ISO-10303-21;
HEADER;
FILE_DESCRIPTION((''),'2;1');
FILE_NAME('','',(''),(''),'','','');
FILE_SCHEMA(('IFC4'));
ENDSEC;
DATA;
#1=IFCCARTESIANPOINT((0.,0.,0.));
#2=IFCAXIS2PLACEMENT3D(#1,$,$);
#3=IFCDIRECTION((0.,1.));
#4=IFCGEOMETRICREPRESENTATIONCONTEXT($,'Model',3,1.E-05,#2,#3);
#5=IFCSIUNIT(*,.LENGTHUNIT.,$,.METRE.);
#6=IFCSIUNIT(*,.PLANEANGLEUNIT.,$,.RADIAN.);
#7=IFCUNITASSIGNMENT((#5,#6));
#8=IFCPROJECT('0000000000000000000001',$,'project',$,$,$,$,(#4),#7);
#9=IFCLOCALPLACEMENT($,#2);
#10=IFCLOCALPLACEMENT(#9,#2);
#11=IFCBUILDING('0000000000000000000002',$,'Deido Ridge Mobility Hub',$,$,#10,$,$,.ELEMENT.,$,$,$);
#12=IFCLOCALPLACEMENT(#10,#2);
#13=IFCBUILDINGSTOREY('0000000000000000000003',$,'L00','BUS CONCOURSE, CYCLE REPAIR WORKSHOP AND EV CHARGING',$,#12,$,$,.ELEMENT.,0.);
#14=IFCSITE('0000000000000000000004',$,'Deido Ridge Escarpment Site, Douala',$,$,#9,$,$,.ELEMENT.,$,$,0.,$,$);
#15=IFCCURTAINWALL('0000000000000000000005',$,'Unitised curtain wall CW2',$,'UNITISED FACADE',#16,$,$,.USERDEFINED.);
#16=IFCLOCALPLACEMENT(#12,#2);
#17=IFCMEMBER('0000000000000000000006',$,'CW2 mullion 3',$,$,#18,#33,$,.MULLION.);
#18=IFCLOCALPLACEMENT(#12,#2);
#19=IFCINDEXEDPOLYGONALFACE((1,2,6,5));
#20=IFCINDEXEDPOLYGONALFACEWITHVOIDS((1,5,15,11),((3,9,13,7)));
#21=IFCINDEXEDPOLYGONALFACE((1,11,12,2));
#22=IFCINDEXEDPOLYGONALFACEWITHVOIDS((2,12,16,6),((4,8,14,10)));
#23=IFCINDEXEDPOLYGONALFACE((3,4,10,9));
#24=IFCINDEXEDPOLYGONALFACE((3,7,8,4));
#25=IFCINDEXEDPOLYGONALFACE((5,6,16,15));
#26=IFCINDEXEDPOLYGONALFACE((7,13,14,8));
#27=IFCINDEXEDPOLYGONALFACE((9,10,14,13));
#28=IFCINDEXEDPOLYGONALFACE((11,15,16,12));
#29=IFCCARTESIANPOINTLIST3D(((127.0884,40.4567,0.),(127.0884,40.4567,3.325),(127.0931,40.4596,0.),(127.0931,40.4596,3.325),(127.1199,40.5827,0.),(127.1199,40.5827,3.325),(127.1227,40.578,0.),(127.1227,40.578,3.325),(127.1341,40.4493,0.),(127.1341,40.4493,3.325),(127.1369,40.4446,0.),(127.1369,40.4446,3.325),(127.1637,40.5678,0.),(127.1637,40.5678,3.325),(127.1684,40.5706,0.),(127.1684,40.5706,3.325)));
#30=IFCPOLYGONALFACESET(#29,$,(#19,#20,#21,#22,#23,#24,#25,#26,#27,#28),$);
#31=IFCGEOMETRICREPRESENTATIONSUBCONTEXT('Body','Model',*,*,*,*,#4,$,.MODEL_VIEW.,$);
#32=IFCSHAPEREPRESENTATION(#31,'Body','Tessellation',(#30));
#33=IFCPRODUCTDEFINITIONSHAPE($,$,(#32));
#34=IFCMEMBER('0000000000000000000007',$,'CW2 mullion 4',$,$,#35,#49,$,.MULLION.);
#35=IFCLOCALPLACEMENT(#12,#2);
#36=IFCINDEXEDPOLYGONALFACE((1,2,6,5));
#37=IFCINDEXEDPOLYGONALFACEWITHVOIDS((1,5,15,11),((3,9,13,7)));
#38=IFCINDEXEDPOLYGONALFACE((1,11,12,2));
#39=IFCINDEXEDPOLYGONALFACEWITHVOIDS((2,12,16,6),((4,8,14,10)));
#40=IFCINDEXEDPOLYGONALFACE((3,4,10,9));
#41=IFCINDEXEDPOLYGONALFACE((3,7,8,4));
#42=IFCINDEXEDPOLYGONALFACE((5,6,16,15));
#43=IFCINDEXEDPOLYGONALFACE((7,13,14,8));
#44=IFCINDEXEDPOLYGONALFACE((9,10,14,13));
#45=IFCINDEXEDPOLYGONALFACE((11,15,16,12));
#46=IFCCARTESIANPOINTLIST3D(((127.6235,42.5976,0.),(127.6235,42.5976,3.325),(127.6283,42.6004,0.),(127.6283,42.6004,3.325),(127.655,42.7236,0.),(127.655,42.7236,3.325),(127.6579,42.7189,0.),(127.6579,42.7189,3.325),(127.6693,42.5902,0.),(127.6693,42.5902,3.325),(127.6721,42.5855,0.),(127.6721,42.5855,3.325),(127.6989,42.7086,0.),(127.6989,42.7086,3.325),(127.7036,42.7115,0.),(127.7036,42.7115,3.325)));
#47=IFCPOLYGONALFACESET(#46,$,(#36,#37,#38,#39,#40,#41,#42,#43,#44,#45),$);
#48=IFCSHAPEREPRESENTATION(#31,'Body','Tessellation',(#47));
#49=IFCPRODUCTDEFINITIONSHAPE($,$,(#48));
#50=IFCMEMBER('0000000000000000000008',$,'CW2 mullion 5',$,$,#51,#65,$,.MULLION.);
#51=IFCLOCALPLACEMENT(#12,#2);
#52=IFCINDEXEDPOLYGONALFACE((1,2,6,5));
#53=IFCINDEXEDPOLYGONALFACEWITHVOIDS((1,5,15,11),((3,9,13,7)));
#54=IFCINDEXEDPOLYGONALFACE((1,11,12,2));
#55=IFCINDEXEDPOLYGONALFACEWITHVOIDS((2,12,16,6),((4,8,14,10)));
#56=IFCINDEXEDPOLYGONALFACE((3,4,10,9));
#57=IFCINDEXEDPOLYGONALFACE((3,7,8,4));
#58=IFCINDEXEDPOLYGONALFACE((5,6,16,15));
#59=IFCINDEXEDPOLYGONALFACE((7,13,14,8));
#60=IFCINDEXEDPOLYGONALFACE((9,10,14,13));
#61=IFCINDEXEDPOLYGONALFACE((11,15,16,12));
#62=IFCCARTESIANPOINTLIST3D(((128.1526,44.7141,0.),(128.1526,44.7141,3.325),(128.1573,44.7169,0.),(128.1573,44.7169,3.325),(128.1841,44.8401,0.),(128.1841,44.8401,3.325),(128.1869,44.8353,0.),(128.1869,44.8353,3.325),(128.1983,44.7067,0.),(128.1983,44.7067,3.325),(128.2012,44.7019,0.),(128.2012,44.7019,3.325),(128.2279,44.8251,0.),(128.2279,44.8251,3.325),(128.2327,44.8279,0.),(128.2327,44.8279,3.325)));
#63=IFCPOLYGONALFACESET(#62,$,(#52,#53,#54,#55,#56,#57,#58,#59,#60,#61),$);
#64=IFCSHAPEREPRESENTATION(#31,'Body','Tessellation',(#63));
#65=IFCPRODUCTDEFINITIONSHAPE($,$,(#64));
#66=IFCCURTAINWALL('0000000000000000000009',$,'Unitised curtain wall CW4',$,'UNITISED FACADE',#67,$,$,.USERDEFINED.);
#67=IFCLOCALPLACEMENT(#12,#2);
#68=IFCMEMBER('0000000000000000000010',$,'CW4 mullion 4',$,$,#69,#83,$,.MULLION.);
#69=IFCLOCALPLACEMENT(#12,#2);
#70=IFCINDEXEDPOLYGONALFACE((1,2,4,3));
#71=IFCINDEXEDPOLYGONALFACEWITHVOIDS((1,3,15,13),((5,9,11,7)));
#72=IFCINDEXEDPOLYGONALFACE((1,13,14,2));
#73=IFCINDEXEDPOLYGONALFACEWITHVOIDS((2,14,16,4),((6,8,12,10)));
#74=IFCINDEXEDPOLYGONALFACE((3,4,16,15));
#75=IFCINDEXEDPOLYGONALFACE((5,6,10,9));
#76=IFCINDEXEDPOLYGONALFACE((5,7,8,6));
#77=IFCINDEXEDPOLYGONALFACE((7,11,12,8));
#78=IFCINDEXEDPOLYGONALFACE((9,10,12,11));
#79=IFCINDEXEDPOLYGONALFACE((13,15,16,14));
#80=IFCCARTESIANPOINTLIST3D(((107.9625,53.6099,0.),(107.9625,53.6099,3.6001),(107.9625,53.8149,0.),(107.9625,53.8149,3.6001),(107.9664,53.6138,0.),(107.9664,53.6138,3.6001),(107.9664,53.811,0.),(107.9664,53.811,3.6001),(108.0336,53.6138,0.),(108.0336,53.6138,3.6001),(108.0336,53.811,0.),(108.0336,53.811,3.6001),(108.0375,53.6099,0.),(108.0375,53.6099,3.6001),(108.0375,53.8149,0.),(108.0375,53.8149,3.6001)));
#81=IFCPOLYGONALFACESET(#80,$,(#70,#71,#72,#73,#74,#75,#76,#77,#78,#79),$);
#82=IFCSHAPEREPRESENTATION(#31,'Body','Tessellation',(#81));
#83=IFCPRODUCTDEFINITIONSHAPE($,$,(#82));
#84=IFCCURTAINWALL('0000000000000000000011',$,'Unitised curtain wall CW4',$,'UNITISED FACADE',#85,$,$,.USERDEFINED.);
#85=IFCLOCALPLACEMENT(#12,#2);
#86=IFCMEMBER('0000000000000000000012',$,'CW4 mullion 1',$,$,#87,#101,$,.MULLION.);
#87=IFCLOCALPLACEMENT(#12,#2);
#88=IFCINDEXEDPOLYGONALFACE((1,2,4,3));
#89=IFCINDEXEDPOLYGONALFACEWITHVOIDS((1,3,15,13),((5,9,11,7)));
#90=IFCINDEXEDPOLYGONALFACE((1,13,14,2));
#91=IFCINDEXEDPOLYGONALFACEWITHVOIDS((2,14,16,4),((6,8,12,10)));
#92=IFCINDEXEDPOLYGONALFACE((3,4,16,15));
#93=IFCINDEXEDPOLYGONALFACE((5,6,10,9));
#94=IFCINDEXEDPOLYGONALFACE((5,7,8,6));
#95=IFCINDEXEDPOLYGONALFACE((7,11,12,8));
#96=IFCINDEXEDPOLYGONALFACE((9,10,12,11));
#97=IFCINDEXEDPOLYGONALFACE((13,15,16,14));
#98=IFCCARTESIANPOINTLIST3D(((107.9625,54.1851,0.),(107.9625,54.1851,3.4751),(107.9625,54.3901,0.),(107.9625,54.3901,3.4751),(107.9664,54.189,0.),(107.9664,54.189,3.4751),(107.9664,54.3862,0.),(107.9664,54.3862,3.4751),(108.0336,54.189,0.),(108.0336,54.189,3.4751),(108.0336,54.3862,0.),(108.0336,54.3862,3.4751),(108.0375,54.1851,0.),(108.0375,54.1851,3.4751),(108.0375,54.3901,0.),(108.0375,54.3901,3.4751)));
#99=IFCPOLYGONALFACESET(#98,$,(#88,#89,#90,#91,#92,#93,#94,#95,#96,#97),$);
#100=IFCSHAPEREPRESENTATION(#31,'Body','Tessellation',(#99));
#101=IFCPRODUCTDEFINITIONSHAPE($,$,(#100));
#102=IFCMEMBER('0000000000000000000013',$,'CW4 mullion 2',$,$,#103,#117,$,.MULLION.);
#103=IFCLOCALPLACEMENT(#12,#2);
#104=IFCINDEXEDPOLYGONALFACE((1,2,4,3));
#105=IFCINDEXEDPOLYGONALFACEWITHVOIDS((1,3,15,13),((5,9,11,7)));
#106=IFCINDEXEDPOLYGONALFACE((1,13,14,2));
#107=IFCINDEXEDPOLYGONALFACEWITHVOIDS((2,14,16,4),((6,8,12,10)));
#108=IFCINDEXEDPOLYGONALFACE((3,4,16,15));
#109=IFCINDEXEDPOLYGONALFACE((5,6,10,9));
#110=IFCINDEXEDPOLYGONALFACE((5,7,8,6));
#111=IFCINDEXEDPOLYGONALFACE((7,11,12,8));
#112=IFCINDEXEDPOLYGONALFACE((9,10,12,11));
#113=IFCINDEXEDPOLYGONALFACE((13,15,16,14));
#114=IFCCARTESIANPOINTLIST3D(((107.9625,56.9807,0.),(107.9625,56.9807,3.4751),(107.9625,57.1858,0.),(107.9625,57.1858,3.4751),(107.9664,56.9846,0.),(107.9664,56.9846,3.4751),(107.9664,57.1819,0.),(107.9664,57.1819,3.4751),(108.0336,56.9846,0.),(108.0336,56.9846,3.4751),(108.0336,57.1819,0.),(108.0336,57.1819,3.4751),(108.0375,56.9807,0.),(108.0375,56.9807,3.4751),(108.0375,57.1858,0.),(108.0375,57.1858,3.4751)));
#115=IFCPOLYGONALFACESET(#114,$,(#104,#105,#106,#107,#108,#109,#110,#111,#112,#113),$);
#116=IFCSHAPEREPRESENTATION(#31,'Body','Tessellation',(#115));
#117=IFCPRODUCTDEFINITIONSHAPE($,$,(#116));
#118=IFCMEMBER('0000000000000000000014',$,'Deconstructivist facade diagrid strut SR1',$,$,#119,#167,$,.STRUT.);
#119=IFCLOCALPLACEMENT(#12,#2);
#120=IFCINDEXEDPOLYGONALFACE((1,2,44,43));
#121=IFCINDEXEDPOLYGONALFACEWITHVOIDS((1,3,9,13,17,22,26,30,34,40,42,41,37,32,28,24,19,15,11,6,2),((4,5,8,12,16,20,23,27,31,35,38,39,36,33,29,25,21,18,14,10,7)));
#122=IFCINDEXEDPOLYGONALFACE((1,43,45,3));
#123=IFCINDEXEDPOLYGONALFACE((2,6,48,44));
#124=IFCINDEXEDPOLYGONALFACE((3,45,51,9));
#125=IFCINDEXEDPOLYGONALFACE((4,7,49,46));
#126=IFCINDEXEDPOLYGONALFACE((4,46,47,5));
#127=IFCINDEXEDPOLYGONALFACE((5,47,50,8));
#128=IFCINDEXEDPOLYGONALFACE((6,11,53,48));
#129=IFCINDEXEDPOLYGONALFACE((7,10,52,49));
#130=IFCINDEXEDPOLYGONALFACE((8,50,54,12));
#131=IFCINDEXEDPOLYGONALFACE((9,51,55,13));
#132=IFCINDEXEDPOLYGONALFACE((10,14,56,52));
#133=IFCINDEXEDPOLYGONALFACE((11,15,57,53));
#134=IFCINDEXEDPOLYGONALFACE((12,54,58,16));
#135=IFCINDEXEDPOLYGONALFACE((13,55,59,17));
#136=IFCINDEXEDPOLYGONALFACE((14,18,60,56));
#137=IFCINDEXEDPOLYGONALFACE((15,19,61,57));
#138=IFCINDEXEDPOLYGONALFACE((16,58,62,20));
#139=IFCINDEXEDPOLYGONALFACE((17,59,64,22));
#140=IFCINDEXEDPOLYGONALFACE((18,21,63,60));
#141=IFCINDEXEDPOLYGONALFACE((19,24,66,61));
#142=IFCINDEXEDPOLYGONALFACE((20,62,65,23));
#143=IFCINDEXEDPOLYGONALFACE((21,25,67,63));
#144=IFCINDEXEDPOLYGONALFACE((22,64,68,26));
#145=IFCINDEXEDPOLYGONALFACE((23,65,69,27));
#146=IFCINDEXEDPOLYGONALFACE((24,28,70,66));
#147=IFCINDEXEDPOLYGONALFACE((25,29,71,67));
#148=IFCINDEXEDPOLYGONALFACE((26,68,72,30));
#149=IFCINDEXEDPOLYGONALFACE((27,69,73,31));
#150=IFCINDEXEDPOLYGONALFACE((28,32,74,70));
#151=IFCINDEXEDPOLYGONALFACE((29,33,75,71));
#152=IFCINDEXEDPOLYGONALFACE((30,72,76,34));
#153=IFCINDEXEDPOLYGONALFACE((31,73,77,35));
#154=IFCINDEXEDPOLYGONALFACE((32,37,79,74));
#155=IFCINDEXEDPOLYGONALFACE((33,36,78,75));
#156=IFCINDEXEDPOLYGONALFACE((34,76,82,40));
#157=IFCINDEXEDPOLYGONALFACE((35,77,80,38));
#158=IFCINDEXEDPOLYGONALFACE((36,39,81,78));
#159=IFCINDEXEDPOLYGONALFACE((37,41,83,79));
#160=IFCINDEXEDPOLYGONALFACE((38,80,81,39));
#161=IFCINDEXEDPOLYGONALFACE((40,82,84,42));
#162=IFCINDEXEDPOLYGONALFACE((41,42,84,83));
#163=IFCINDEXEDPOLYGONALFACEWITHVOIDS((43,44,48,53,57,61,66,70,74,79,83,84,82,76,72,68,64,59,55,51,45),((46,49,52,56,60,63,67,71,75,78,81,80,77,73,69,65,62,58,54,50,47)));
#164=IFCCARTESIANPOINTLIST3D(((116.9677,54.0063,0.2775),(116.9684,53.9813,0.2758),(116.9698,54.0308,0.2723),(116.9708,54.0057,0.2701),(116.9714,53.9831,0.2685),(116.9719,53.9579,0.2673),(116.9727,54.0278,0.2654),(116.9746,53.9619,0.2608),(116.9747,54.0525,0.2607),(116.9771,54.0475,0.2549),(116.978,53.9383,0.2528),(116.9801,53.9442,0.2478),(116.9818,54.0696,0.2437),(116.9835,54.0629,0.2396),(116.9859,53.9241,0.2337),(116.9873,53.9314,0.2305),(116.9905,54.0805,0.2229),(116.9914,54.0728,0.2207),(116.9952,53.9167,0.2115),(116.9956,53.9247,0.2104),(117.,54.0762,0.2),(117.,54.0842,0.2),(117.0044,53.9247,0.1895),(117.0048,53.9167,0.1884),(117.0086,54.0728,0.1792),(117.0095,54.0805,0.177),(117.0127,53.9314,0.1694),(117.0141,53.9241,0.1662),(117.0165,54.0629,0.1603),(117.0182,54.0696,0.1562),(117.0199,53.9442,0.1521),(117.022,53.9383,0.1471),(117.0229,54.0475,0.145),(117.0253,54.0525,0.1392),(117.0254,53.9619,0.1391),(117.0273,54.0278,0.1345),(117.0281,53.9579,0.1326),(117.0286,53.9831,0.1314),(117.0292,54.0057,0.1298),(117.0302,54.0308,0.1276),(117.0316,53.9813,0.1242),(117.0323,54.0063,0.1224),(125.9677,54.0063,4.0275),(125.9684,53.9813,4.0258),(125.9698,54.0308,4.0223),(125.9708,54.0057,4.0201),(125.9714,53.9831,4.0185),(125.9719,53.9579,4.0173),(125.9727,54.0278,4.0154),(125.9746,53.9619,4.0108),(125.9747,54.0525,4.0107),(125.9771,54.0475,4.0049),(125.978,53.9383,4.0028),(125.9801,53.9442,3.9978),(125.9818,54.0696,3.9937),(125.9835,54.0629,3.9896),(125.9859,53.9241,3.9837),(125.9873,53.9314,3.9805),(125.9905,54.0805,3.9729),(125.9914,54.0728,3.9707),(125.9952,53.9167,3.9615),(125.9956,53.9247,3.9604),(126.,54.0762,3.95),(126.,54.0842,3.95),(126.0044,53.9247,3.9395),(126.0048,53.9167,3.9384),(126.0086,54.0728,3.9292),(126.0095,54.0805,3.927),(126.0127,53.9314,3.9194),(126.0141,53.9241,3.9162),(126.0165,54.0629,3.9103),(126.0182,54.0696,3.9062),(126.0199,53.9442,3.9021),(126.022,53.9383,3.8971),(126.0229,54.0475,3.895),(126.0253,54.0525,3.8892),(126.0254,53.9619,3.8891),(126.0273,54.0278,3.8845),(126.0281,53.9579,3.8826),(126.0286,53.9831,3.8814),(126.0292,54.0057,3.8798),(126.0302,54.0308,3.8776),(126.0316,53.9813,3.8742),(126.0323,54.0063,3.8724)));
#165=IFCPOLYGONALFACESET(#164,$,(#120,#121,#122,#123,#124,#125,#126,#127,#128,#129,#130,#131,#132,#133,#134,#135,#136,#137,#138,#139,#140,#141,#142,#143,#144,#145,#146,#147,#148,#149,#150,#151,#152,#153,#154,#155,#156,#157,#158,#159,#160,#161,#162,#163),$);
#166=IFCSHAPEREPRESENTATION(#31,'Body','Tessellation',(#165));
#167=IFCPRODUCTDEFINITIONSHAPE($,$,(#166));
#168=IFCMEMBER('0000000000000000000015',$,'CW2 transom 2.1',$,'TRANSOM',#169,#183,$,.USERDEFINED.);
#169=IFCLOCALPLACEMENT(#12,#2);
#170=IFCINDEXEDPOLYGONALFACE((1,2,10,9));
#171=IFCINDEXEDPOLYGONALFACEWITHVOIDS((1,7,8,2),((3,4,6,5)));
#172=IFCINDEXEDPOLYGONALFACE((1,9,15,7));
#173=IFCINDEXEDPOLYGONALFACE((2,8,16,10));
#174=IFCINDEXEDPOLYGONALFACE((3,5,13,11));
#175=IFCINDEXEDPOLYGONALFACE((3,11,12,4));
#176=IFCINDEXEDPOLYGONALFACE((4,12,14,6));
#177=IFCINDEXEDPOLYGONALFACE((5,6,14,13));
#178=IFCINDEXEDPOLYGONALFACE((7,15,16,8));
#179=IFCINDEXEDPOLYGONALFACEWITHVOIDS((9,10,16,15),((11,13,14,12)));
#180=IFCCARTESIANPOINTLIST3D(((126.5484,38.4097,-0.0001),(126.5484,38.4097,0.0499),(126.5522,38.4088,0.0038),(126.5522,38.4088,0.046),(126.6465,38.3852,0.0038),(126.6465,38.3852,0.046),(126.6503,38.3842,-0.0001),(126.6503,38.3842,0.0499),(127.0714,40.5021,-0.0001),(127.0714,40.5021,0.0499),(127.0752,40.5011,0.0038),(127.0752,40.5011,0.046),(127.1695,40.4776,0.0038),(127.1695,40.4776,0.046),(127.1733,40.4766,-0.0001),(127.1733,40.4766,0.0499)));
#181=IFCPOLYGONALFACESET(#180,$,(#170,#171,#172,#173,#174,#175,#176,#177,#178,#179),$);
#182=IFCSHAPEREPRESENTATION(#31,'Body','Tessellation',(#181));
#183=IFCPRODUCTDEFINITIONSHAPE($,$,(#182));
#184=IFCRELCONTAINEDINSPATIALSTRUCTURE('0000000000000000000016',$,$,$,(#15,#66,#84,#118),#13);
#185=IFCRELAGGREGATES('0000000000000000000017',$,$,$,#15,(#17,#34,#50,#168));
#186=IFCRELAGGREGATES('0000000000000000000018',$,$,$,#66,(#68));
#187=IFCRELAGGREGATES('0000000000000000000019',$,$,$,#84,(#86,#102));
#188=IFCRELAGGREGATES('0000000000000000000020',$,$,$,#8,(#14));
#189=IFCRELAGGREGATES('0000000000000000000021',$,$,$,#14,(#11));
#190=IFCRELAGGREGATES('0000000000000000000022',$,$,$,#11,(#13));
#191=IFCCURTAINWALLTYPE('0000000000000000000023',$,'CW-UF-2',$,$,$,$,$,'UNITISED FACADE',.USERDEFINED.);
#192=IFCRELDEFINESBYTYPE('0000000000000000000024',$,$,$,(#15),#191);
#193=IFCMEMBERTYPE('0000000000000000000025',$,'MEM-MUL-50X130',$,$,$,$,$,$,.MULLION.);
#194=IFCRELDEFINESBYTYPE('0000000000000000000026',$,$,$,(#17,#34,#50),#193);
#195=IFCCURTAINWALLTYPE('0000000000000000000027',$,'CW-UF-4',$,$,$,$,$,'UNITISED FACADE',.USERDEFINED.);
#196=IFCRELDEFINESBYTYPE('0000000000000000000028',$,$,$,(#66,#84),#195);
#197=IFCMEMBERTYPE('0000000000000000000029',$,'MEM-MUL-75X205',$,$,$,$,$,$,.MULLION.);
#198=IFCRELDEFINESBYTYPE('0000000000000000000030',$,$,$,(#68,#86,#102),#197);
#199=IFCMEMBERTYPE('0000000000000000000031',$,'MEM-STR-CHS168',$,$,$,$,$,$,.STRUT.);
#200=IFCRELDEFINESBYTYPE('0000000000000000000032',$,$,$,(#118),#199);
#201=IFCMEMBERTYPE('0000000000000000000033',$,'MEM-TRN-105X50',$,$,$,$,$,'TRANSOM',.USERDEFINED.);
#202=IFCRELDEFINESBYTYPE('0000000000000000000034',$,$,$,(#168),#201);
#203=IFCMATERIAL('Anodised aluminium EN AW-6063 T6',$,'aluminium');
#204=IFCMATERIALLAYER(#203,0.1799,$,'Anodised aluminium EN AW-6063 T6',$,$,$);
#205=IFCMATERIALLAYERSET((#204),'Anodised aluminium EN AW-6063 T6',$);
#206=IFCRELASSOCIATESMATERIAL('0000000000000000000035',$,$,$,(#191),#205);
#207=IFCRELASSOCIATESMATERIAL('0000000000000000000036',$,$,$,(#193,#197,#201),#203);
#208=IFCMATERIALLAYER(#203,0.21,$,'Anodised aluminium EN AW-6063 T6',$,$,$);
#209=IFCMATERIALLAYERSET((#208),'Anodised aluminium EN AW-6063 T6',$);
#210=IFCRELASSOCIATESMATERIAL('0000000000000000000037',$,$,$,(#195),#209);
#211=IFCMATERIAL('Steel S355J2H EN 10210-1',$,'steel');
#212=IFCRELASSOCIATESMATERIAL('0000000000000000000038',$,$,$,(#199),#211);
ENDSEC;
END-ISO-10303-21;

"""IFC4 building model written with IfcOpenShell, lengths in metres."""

from ifc_helpers import new_model, si_unit, direction, frame, origin, origin_2d, place, context, subcontext, project, spatial, hollow_rectangle, hollow_circle, extrude, material, layer, layer_set, material_profile, profile_set, type_object, element, aggregate, save


model = new_model("IFC4")

# Units and contexts
model_context = context("Model", 3, precision=1e-05, world=origin(), true_north=direction((0.0, 1.0)))
body_context = subcontext(model_context, "Body", "Model", "MODEL_VIEW")
ifc_project = project(units=[si_unit("LENGTHUNIT", "METRE"), si_unit("PLANEANGLEUNIT", "RADIAN")], contexts=[model_context])

# Site, building, storey
site_placement = place(None, origin())
site = spatial("IfcSite", under=ifc_project, at=site_placement, Name="Deido Ridge Escarpment Site, Douala", CompositionType="ELEMENT", RefElevation=0.0)
building_placement = place(site_placement, origin())
building = spatial("IfcBuilding", under=site, at=building_placement, Name="Deido Ridge Mobility Hub", CompositionType="ELEMENT")
storey_placement = place(building_placement, origin())
storey = spatial("IfcBuildingStorey", under=building, at=storey_placement, Name="L00", Description="BUS CONCOURSE, CYCLE REPAIR WORKSHOP AND EV CHARGING", CompositionType="ELEMENT", Elevation=0.0)

# Curtain wall, members
ifc_material_1 = material(Name="Anodised aluminium EN AW-6063 T6", Category="aluminium")
ifc_layer_1 = layer(ifc_material_1, 0.1799, Name="Anodised aluminium EN AW-6063 T6")
ifc_layer_set_1 = layer_set([ifc_layer_1], Name="Anodised aluminium EN AW-6063 T6")
curtain_wall_type_1 = type_object("IfcCurtainWallType", Name="CW-UF-2", ElementType="UNITISED FACADE", PredefinedType="USERDEFINED", material=ifc_layer_set_1)
curtain_wall_1_placement = place(storey_placement, origin())
curtain_wall_1 = element("IfcCurtainWall", 1, at=curtain_wall_1_placement, inside=storey, type_object=curtain_wall_type_1, Name="Unitised curtain wall CW2", ObjectType="UNITISED FACADE", PredefinedType="USERDEFINED")
ifc_material_profile_1 = material_profile(ifc_material_1, hollow_rectangle(XDim=0.05, YDim=0.1299, WallThickness=0.0039, at=origin_2d()), Name="RHS 50x130x4")
ifc_profile_set_1 = profile_set([ifc_material_profile_1], Name="Anodised aluminium EN AW-6063 T6")
member_type_1 = type_object("IfcMemberType", Name="MEM-MUL-50X130", PredefinedType="MULLION", material=ifc_profile_set_1)
member_1_placement = place(storey_placement, frame((127.1284, 40.5137, 0.0), z_axis=(0.0, 0.0, 1.0), x_axis=(-0.970144, 0.24253, 0.0)))
member_1 = element("IfcMember", 2, at=member_1_placement, type_object=member_type_1, Name="CW2 mullion 3", PredefinedType="MULLION", context=body_context, shape_type="SweptSolid", body=[
    extrude(hollow_rectangle(XDim=0.05, YDim=0.1299, WallThickness=0.0039, at=origin_2d()), origin(), (0.0, 0.0, 1.0), 3.325),
])
member_2_placement = place(storey_placement, frame((127.6636, 42.6545, 0.0), z_axis=(0.0, 0.0, 1.0), x_axis=(-0.970144, 0.24253, 0.0)))
member_2 = element("IfcMember", 3, at=member_2_placement, type_object=member_type_1, Name="CW2 mullion 4", PredefinedType="MULLION", context=body_context, shape_type="SweptSolid", body=[
    extrude(hollow_rectangle(XDim=0.05, YDim=0.1299, WallThickness=0.0039, at=origin_2d()), origin(), (0.0, 0.0, 1.0), 3.325),
])
member_3_placement = place(storey_placement, frame((128.1926, 44.771, 0.0), z_axis=(0.0, 0.0, 1.0), x_axis=(-0.970144, 0.24253, 0.0)))
member_3 = element("IfcMember", 4, at=member_3_placement, type_object=member_type_1, Name="CW2 mullion 5", PredefinedType="MULLION", context=body_context, shape_type="SweptSolid", body=[
    extrude(hollow_rectangle(XDim=0.05, YDim=0.1299, WallThickness=0.0039, at=origin_2d()), origin(), (0.0, 0.0, 1.0), 3.325),
])

# Curtain wall, member
ifc_layer_2 = layer(ifc_material_1, 0.21, Name="Anodised aluminium EN AW-6063 T6")
ifc_layer_set_2 = layer_set([ifc_layer_2], Name="Anodised aluminium EN AW-6063 T6")
curtain_wall_type_2 = type_object("IfcCurtainWallType", Name="CW-UF-4", ElementType="UNITISED FACADE", PredefinedType="USERDEFINED", material=ifc_layer_set_2)
curtain_wall_2_placement = place(storey_placement, origin())
curtain_wall_2 = element("IfcCurtainWall", 5, at=curtain_wall_2_placement, inside=storey, type_object=curtain_wall_type_2, Name="Unitised curtain wall CW4", ObjectType="UNITISED FACADE", PredefinedType="USERDEFINED")
ifc_material_profile_2 = material_profile(ifc_material_1, hollow_rectangle(XDim=0.075, YDim=0.2051, WallThickness=0.0039, at=origin_2d()), Name="RHS 75x205x4")
ifc_profile_set_2 = profile_set([ifc_material_profile_2], Name="Anodised aluminium EN AW-6063 T6")
member_type_2 = type_object("IfcMemberType", Name="MEM-MUL-75X205", PredefinedType="MULLION", material=ifc_profile_set_2)
member_4_placement = place(storey_placement, frame((108.0, 53.7124, 0.0), z_axis=(0.0, 0.0, 1.0), x_axis=(-1.0, 0.0, 0.0)))
member_4 = element("IfcMember", 6, at=member_4_placement, type_object=member_type_2, Name="CW4 mullion 4", PredefinedType="MULLION", context=body_context, shape_type="SweptSolid", body=[
    extrude(hollow_rectangle(XDim=0.075, YDim=0.2051, WallThickness=0.0039, at=origin_2d()), origin(), (0.0, 0.0, 1.0), 3.6001),
])

# Curtain wall, members
curtain_wall_3_placement = place(storey_placement, origin())
curtain_wall_3 = element("IfcCurtainWall", 7, at=curtain_wall_3_placement, inside=storey, type_object=curtain_wall_type_2, Name="Unitised curtain wall CW4", ObjectType="UNITISED FACADE", PredefinedType="USERDEFINED")
member_5_placement = place(storey_placement, frame((108.0, 54.2876, 0.0), z_axis=(0.0, 0.0, 1.0), x_axis=(-1.0, 0.0, 0.0)))
member_5 = element("IfcMember", 8, at=member_5_placement, type_object=member_type_2, Name="CW4 mullion 1", PredefinedType="MULLION", context=body_context, shape_type="SweptSolid", body=[
    extrude(hollow_rectangle(XDim=0.075, YDim=0.2051, WallThickness=0.0039, at=origin_2d()), origin(), (0.0, 0.0, 1.0), 3.4751),
])
member_6_placement = place(storey_placement, frame((108.0, 57.0833, 0.0), z_axis=(0.0, 0.0, 1.0), x_axis=(-1.0, 0.0, 0.0)))
member_6 = element("IfcMember", 9, at=member_6_placement, type_object=member_type_2, Name="CW4 mullion 2", PredefinedType="MULLION", context=body_context, shape_type="SweptSolid", body=[
    extrude(hollow_rectangle(XDim=0.075, YDim=0.2051, WallThickness=0.0039, at=origin_2d()), origin(), (0.0, 0.0, 1.0), 3.4751),
])

# Members
ifc_material_2 = material(Name="Steel S355J2H EN 10210-1", Category="steel")
ifc_material_profile_3 = material_profile(ifc_material_2, hollow_circle(Radius=0.0842, WallThickness=0.0081, at=origin_2d()), Name="CHS 168.3x8")
ifc_profile_set_3 = profile_set([ifc_material_profile_3], Name="Steel S355J2H EN 10210-1")
member_type_3 = type_object("IfcMemberType", Name="MEM-STR-CHS168", PredefinedType="STRUT", material=ifc_profile_set_3)
member_7_placement = place(storey_placement, frame((117.0, 54.0, 0.2), z_axis=(0.923077, 0.0, 0.384615), x_axis=(0.0, 1.0, 0.0)))
element("IfcMember", 10, at=member_7_placement, inside=storey, type_object=member_type_3, Name="Deconstructivist facade diagrid strut SR1", PredefinedType="STRUT", context=body_context, shape_type="SweptSolid", body=[
    extrude(hollow_circle(Radius=0.0842, WallThickness=0.0081, at=origin_2d()), origin(), (0.0, 0.0, 1.0), 9.75),
])
ifc_material_profile_4 = material_profile(ifc_material_1, hollow_rectangle(XDim=0.105, YDim=0.05, WallThickness=0.0039, at=origin_2d()), Name="RHS 105x50x4")
ifc_profile_set_4 = profile_set([ifc_material_profile_4], Name="Anodised aluminium EN AW-6063 T6")
member_type_4 = type_object("IfcMemberType", Name="MEM-TRN-105X50", ElementType="TRANSOM", PredefinedType="USERDEFINED", material=ifc_profile_set_4)
member_8_placement = place(storey_placement, frame((126.5994, 38.397, 0.0249), z_axis=(0.242482, 0.970156, 0.0), x_axis=(-0.970156, 0.242482, 0.0)))
member_8 = element("IfcMember", 11, at=member_8_placement, type_object=member_type_4, Name="CW2 transom 2.1", ObjectType="TRANSOM", PredefinedType="USERDEFINED", context=body_context, shape_type="SweptSolid", body=[
    extrude(hollow_rectangle(XDim=0.105, YDim=0.05, WallThickness=0.0039, at=origin_2d()), origin(), (0.0, 0.0, 1.0), 2.1567),
])

aggregate(curtain_wall_1, [member_1, member_2, member_3, member_8])
aggregate(curtain_wall_2, [member_4])
aggregate(curtain_wall_3, [member_5, member_6])

save(model, "model.ifc")
